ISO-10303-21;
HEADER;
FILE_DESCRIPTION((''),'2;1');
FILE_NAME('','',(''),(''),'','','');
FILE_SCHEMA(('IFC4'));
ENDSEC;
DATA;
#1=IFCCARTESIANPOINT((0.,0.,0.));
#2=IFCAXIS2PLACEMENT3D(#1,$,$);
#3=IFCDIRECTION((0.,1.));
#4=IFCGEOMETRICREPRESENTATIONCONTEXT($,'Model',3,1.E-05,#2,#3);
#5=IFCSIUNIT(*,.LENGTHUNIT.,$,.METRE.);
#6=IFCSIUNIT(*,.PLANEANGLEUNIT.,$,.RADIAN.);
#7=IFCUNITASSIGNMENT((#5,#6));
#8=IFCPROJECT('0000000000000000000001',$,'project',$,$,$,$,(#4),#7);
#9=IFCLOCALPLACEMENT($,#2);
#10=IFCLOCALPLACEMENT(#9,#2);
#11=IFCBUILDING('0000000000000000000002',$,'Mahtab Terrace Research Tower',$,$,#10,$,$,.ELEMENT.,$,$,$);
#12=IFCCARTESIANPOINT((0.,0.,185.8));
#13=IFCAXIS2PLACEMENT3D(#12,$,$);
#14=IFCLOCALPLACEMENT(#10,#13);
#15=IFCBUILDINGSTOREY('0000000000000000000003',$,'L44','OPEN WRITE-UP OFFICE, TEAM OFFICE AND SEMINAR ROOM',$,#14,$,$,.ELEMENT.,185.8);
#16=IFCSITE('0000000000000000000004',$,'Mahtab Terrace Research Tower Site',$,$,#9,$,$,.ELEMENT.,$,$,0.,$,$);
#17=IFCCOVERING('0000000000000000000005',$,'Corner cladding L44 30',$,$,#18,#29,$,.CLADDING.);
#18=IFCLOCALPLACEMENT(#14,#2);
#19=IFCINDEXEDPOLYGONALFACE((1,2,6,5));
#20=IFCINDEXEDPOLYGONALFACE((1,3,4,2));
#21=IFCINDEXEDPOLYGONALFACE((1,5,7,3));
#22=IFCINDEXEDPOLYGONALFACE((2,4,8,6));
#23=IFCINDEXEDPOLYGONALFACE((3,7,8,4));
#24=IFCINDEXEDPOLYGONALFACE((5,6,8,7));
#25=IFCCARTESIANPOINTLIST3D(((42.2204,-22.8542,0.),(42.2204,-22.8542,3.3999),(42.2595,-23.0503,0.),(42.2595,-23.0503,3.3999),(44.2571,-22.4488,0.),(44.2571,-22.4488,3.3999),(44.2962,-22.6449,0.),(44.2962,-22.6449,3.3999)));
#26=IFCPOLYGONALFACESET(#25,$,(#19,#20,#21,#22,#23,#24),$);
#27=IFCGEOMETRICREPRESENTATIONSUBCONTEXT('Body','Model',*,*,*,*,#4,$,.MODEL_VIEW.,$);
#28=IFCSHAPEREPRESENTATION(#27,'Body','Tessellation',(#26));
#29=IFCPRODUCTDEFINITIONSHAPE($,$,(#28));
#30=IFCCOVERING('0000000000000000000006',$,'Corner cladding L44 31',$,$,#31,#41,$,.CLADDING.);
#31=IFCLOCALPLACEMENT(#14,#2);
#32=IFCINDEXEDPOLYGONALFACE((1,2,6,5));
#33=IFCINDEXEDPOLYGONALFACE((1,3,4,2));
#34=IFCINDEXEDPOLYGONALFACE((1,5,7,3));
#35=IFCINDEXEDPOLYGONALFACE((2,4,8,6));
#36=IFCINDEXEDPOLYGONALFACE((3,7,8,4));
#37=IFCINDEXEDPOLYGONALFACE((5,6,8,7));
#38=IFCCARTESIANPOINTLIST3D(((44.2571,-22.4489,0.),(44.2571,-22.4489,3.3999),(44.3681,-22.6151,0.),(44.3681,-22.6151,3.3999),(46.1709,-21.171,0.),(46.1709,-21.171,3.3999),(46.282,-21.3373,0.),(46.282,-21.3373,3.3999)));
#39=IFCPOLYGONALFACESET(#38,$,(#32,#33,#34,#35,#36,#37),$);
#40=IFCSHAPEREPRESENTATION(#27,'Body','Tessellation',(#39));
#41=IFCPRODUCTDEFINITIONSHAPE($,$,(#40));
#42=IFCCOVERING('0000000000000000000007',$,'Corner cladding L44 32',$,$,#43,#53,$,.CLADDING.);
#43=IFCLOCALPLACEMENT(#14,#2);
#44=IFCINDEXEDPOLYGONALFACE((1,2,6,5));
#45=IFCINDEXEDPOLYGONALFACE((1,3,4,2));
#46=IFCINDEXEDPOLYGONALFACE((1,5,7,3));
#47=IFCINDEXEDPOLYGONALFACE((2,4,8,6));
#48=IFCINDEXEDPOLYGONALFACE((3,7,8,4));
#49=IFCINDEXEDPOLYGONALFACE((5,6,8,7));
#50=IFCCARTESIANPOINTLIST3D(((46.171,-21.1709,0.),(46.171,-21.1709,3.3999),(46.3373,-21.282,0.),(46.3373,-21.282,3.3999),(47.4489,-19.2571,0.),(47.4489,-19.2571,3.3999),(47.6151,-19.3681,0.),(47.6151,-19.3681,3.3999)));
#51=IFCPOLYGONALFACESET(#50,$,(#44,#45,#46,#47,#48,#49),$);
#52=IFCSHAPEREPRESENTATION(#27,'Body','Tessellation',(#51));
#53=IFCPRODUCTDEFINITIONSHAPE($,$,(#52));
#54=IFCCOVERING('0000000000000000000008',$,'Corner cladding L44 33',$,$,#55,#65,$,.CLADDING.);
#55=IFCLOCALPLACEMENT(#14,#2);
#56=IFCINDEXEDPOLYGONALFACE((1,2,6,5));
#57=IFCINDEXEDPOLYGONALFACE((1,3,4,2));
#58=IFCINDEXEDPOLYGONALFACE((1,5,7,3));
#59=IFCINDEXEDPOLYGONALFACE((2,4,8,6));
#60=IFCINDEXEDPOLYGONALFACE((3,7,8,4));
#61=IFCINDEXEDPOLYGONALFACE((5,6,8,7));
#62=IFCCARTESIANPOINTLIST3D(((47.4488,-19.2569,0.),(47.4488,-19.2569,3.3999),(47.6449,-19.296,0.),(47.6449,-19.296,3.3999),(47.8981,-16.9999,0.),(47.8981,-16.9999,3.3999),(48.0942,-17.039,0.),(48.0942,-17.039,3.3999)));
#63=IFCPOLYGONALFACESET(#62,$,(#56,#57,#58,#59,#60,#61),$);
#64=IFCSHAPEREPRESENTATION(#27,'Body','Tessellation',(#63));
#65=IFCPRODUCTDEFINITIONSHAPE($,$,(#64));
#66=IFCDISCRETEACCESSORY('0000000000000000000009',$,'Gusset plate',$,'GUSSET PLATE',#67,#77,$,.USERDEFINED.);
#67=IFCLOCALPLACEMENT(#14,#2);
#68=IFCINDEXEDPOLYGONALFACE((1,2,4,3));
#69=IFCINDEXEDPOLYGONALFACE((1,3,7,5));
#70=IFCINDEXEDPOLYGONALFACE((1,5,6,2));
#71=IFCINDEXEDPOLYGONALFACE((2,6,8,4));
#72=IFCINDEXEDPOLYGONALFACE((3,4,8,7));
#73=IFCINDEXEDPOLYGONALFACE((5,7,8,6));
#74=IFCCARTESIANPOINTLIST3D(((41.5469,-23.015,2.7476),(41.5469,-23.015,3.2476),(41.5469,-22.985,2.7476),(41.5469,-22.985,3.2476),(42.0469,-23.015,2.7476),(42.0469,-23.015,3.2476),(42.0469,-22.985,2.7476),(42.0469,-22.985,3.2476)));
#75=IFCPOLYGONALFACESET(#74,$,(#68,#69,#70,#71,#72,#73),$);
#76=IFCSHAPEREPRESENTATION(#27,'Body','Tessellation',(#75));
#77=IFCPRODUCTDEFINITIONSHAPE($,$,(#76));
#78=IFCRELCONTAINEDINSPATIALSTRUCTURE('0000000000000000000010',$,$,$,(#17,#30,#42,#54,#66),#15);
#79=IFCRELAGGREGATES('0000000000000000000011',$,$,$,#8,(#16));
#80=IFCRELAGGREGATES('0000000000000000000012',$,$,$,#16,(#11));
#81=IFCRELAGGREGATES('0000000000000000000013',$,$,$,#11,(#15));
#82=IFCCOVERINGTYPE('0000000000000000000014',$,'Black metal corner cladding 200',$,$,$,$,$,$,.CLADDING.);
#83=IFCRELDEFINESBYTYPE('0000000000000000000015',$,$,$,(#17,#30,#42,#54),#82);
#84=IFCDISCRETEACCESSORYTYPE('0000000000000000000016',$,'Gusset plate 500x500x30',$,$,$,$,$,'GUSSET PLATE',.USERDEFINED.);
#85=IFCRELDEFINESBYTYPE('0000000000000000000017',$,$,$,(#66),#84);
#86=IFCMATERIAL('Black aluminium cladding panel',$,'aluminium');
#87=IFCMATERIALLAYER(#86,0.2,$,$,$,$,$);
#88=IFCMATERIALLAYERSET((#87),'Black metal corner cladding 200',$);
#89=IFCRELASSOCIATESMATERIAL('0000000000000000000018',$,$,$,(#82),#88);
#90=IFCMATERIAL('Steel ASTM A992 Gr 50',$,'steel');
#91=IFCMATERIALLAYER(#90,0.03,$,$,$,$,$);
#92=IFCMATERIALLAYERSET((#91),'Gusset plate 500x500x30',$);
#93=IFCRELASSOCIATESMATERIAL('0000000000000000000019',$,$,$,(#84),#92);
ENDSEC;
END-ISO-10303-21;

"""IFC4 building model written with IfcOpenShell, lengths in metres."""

from ifc_helpers import new_model, si_unit, direction, frame, origin, origin_2d, place, context, subcontext, project, spatial, rectangle, extrude, material, layer, layer_set, type_object, element, save


model = new_model("IFC4")

# Units and contexts
model_context = context("Model", 3, precision=1e-05, world=origin(), true_north=direction((0.0, 1.0)))
body_context = subcontext(model_context, "Body", "Model", "MODEL_VIEW")
ifc_project = project(units=[si_unit("LENGTHUNIT", "METRE"), si_unit("PLANEANGLEUNIT", "RADIAN")], contexts=[model_context])

# Site, building, storey
site_placement = place(None, origin())
site = spatial("IfcSite", under=ifc_project, at=site_placement, Name="Mahtab Terrace Research Tower Site", CompositionType="ELEMENT", RefElevation=0.0)
building_placement = place(site_placement, origin())
building = spatial("IfcBuilding", under=site, at=building_placement, Name="Mahtab Terrace Research Tower", CompositionType="ELEMENT")
storey_placement = place(building_placement, frame((0.0, 0.0, 185.8)))
storey = spatial("IfcBuildingStorey", under=building, at=storey_placement, Name="L44", Description="OPEN WRITE-UP OFFICE, TEAM OFFICE AND SEMINAR ROOM", CompositionType="ELEMENT", Elevation=185.8)

# Shared definitions
ifc_material_1 = material(Name="Steel ASTM A992 Gr 50", Category="steel")

# Coverings
ifc_material_2 = material(Name="Black aluminium cladding panel", Category="aluminium")
ifc_layer_1 = layer(ifc_material_2, 0.2)
ifc_layer_set_1 = layer_set([ifc_layer_1], Name="Black metal corner cladding 200")
covering_type = type_object("IfcCoveringType", Name="Black metal corner cladding 200", PredefinedType="CLADDING", material=ifc_layer_set_1)
covering_placement = place(storey_placement, frame((43.2583, -22.7495, 0.0), z_axis=(0.0, 0.0, 1.0), x_axis=(0.980761, 0.195212, 0.0)))
element("IfcCovering", 1, at=covering_placement, inside=storey, type_object=covering_type, Name="Corner cladding L44 30", PredefinedType="CLADDING", context=body_context, shape_type="SweptSolid", body=[
    extrude(rectangle(XDim=2.0767, YDim=0.2, at=origin_2d()), origin(), (0.0, 0.0, 1.0), 3.3999),
])
for number, where, z_axis, x_axis, name in (
    (2, (45.2695, -21.8931, 0.0), (0.0, 0.0, 1.0), (0.831656, 0.555291, 0.0), "Corner cladding L44 31"),
    (3, (46.8931, -20.2695, 0.0), (0.0, 0.0, 1.0), (0.555291, 0.831656, 0.0), "Corner cladding L44 32"),
    (4, (47.7715, -18.1479, 0.0), (0.0, 0.0, 1.0), (0.195212, 0.980761, 0.0), "Corner cladding L44 33"),
):
    element("IfcCovering", number, at=place(storey_placement, frame(where, z_axis=z_axis, x_axis=x_axis)), inside=storey, type_object=covering_type, Name=name, PredefinedType="CLADDING", context=body_context, shape_type="SweptSolid", body=[
        extrude(rectangle(XDim=2.3013, YDim=0.2, at=origin_2d()), origin(), (0.0, 0.0, 1.0), 3.3999),
    ])

# Discrete accessory
ifc_layer_2 = layer(ifc_material_1, 0.03)
ifc_layer_set_2 = layer_set([ifc_layer_2], Name="Gusset plate 500x500x30")
discrete_accessory_type = type_object("IfcDiscreteAccessoryType", Name="Gusset plate 500x500x30", ElementType="GUSSET PLATE", PredefinedType="USERDEFINED", material=ifc_layer_set_2)
discrete_accessory_placement = place(storey_placement, frame((41.7969, -23.0, 2.7476), z_axis=(0.0, 0.0, 1.0), x_axis=(1.0, 0.0, 0.0)))
element("IfcDiscreteAccessory", 5, at=discrete_accessory_placement, inside=storey, type_object=discrete_accessory_type, Name="Gusset plate", ObjectType="GUSSET PLATE", PredefinedType="USERDEFINED", context=body_context, shape_type="SweptSolid", body=[
    extrude(rectangle(XDim=0.5, YDim=0.03, at=origin_2d()), origin(), (0.0, 0.0, 1.0), 0.5),
])

save(model, "model.ifc")
